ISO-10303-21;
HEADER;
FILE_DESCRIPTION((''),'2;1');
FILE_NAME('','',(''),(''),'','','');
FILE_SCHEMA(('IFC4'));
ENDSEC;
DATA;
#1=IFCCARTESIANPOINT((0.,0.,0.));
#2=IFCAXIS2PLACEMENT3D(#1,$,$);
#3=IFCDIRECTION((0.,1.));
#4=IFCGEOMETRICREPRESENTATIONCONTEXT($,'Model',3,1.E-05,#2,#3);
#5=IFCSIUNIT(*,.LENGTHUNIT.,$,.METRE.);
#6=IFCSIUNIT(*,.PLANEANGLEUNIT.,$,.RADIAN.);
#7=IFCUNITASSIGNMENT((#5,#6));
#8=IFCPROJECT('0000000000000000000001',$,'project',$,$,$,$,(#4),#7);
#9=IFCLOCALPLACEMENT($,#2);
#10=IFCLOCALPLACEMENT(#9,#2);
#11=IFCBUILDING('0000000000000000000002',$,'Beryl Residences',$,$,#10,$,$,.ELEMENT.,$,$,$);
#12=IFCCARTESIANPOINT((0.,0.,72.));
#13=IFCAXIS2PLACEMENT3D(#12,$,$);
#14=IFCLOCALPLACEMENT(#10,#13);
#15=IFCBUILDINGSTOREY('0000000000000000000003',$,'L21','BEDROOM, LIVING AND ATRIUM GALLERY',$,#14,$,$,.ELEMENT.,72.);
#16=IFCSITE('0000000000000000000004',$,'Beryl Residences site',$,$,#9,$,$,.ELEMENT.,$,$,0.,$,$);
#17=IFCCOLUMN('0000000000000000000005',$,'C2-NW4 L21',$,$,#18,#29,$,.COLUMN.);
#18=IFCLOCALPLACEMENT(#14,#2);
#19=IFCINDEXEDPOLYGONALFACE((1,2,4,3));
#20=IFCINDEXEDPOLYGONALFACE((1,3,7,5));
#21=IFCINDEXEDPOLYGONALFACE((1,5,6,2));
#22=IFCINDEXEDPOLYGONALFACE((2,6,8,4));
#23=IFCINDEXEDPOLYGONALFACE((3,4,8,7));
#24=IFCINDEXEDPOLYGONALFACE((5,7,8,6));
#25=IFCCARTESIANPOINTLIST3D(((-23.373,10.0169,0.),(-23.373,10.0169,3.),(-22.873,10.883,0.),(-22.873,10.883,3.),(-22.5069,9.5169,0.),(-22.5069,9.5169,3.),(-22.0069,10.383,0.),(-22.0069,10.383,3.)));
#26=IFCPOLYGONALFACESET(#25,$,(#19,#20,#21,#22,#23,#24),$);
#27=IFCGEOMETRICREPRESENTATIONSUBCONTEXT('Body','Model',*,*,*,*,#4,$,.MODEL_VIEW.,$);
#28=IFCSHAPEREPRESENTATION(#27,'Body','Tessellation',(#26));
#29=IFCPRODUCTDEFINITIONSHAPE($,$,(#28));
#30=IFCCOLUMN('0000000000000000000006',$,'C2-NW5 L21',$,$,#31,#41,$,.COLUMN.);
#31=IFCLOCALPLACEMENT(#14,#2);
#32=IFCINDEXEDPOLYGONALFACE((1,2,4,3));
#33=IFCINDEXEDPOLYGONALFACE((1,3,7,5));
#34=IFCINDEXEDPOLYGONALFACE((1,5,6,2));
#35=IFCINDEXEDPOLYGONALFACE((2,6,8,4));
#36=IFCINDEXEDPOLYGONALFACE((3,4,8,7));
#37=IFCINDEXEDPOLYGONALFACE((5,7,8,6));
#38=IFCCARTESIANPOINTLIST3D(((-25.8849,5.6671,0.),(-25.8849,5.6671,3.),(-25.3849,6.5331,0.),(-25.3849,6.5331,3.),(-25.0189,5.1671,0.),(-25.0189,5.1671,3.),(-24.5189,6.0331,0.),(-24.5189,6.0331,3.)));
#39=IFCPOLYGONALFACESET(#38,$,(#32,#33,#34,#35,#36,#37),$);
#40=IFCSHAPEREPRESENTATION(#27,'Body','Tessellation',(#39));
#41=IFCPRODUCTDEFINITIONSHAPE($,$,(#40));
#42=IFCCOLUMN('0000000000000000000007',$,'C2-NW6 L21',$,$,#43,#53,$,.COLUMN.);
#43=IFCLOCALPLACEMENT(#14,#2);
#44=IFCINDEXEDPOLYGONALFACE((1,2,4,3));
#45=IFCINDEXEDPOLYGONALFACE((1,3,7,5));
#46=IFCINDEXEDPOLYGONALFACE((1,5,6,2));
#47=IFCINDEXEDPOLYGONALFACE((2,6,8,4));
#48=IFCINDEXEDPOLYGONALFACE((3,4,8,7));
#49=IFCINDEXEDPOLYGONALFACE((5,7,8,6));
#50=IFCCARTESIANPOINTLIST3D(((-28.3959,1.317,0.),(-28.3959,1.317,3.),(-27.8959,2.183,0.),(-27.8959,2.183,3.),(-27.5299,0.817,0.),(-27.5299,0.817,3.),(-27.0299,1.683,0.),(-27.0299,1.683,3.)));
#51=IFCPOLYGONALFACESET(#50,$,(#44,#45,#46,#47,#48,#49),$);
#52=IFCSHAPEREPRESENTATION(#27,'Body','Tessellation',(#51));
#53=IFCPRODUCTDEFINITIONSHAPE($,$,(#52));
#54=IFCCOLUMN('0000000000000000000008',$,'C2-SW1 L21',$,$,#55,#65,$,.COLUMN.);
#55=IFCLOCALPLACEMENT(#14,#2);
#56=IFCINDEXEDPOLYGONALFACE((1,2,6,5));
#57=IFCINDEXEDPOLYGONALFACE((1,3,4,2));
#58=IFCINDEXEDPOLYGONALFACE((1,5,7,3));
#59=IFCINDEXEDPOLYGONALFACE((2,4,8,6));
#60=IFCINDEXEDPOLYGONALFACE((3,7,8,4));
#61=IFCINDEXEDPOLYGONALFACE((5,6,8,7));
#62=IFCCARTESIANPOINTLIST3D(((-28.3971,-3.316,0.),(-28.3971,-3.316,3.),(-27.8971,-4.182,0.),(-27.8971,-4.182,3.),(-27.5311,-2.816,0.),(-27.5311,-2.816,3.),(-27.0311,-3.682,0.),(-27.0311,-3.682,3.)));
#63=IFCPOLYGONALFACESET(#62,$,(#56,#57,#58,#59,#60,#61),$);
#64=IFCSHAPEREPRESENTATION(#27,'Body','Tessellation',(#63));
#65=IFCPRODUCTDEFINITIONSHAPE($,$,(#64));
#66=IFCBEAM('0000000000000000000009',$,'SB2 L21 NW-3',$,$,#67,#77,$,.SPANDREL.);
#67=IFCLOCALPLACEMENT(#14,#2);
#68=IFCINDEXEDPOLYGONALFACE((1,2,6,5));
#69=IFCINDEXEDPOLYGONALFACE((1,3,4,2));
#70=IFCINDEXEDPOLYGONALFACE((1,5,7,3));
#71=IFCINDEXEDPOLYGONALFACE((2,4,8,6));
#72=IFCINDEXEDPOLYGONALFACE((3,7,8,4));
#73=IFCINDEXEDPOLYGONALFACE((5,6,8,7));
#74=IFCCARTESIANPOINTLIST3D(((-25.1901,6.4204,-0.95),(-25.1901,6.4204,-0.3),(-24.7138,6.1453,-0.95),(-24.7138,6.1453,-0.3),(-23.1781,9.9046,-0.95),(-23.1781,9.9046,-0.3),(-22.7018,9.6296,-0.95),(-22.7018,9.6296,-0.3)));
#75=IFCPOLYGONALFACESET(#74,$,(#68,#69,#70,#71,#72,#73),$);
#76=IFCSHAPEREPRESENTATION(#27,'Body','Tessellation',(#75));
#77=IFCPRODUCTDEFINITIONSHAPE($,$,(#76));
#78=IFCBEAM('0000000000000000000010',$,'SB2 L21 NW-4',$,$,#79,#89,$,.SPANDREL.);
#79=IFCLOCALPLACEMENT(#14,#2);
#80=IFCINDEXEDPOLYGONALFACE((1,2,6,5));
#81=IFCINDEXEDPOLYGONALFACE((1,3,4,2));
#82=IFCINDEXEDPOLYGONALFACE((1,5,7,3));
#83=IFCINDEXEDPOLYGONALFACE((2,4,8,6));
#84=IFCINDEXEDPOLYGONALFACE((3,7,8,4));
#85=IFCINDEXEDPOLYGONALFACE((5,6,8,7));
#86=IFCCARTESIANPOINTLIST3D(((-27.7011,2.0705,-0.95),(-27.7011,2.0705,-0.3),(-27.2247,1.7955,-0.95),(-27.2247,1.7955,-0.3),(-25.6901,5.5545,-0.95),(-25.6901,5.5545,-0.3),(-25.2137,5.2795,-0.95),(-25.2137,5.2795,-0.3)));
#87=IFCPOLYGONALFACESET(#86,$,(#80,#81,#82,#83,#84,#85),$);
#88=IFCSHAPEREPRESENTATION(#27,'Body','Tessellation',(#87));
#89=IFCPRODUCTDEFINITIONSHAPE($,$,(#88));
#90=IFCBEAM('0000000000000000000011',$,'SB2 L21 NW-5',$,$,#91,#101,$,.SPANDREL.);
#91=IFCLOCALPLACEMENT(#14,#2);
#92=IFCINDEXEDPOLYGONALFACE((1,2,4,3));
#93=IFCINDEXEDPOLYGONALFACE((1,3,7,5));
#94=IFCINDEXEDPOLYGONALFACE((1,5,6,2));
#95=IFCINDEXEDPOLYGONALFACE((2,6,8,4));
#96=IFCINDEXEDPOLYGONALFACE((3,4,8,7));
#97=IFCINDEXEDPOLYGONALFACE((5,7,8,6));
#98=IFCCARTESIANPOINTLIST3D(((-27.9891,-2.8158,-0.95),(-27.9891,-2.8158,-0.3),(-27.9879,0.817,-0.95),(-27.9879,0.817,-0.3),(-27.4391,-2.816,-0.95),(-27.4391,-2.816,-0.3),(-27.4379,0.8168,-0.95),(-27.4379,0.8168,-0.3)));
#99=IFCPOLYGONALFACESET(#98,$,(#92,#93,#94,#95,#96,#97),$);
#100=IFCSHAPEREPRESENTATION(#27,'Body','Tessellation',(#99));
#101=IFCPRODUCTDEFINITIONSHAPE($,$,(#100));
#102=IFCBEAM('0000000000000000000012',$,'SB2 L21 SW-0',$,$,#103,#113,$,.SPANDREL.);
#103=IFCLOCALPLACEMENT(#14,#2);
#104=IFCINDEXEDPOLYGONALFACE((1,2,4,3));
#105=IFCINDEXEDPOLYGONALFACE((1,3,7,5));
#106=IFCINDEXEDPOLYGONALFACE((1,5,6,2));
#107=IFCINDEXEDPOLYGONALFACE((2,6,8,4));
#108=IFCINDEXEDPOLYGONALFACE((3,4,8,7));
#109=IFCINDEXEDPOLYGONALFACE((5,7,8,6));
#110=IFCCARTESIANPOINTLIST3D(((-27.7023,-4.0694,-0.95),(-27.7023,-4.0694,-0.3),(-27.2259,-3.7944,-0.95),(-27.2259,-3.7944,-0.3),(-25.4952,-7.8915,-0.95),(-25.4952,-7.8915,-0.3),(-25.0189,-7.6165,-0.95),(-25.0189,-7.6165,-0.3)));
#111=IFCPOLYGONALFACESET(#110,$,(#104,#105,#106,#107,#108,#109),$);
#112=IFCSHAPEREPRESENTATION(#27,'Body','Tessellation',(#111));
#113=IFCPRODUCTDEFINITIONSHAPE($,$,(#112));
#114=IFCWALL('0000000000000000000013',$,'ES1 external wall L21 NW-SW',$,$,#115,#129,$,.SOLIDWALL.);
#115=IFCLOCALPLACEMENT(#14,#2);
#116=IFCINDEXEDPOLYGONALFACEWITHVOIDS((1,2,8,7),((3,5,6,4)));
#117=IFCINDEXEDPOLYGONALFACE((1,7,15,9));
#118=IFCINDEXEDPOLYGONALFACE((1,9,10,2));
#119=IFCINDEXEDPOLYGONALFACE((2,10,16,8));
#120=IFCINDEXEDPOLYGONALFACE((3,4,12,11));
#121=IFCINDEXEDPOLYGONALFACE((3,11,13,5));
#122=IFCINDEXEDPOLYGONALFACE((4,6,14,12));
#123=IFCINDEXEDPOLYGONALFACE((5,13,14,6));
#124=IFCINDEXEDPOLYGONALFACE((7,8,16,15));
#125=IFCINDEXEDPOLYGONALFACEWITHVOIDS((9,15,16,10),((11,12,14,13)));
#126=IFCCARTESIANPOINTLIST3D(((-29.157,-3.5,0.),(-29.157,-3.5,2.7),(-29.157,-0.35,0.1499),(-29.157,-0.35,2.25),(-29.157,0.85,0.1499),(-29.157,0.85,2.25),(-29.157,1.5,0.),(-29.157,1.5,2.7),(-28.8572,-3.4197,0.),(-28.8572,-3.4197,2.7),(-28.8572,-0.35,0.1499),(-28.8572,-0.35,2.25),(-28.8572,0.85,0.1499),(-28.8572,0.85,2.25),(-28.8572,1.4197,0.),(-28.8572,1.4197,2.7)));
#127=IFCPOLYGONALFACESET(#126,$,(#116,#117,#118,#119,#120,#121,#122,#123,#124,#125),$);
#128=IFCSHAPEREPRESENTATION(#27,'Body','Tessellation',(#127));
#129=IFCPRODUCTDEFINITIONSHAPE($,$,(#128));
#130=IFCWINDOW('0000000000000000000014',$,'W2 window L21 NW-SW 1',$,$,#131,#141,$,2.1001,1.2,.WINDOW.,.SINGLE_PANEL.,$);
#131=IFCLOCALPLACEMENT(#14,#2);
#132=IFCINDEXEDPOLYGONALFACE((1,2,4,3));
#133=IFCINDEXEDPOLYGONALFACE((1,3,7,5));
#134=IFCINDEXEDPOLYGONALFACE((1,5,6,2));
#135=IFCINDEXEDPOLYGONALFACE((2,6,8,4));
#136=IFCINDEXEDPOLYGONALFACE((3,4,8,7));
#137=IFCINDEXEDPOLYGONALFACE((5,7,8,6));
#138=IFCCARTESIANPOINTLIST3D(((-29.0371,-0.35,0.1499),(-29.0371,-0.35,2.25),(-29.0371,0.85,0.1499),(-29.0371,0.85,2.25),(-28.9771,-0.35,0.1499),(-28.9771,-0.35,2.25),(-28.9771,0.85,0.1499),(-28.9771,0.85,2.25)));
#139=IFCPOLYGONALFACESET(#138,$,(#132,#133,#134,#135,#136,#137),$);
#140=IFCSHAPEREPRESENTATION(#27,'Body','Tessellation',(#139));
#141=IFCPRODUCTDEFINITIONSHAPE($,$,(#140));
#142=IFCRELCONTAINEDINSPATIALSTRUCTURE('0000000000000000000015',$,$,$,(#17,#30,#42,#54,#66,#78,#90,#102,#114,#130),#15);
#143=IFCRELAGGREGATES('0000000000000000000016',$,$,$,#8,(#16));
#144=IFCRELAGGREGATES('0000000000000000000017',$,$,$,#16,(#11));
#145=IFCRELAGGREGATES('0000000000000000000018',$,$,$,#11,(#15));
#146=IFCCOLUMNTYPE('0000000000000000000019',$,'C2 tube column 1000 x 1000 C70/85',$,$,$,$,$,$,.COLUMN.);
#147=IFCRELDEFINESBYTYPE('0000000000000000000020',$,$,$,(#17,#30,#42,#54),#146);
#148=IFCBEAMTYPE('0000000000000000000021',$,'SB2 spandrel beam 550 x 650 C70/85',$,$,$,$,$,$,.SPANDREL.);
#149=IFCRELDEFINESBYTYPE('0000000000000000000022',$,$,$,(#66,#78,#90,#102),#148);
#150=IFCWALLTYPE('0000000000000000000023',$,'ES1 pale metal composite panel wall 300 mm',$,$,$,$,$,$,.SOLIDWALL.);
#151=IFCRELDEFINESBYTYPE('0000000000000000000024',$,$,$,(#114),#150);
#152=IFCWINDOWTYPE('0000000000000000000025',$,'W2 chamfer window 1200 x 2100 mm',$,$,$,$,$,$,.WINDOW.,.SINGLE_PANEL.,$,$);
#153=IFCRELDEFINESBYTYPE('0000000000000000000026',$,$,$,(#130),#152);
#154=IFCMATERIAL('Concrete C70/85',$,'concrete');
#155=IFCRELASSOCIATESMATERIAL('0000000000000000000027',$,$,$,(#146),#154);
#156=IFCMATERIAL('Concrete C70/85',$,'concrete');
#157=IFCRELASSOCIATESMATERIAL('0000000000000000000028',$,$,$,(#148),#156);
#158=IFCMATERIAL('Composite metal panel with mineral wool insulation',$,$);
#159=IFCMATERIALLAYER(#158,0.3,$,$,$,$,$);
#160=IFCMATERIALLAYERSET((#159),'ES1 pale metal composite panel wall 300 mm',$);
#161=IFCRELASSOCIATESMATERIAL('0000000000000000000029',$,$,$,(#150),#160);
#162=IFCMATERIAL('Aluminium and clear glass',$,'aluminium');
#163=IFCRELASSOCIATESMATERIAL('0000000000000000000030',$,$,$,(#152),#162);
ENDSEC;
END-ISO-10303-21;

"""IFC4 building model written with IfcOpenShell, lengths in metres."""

from ifc_helpers import new_model, si_unit, direction, frame, frame_2d, origin, origin_2d, place, context, subcontext, project, spatial, polyline, rectangle, outline, extrude, material, layer, layer_set, material_profile, profile_set, type_object, element, fill, save


model = new_model("IFC4")

# Units and contexts
model_context = context("Model", 3, precision=1e-05, world=origin(), true_north=direction((0.0, 1.0)))
body_context = subcontext(model_context, "Body", "Model", "MODEL_VIEW")
ifc_project = project(units=[si_unit("LENGTHUNIT", "METRE"), si_unit("PLANEANGLEUNIT", "RADIAN")], contexts=[model_context])

# Site, building, storey
site_placement = place(None, origin())
site = spatial("IfcSite", under=ifc_project, at=site_placement, Name="Beryl Residences site", CompositionType="ELEMENT", RefElevation=0.0)
building_placement = place(site_placement, origin())
building = spatial("IfcBuilding", under=site, at=building_placement, Name="Beryl Residences", CompositionType="ELEMENT")
storey_placement = place(building_placement, frame((0.0, 0.0, 72.0)))
storey = spatial("IfcBuildingStorey", under=building, at=storey_placement, Name="L21", Description="BEDROOM, LIVING AND ATRIUM GALLERY", CompositionType="ELEMENT", Elevation=72.0)

# Columns
ifc_material_1 = material(Name="Concrete C70/85", Category="concrete")
ifc_material_profile_1 = material_profile(ifc_material_1, rectangle(XDim=1.0, YDim=1.0, at=origin_2d()))
ifc_profile_set_1 = profile_set([ifc_material_profile_1], Name="Concrete C70/85")
column_type = type_object("IfcColumnType", Name="C2 tube column 1000 x 1000 C70/85", PredefinedType="COLUMN", material=ifc_profile_set_1)
for number, where, z_axis, x_axis, name in (
    (1, (-22.6899, 10.2, 0.0), (0.0, 0.0, 1.0), (-0.5, -0.866025, 0.0), "C2-NW4 L21"),
    (2, (-25.2019, 5.8501, 0.0), (0.0, 0.0, 1.0), (-0.5, -0.866025, 0.0), "C2-NW5 L21"),
    (3, (-27.7129, 1.5, 0.0), (0.0, 0.0, 1.0), (-0.5, -0.866025, 0.0), "C2-NW6 L21"),
    (4, (-27.7141, -3.499, 0.0), (0.0, 0.0, 1.0), (0.5, -0.866025, 0.0), "C2-SW1 L21"),
):
    element("IfcColumn", number, at=place(storey_placement, frame(where, z_axis=z_axis, x_axis=x_axis)), inside=storey, type_object=column_type, Name=name, PredefinedType="COLUMN", context=body_context, shape_type="SweptSolid", body=[
        extrude(rectangle(XDim=1.0, YDim=1.0, at=origin_2d()), origin(), (0.0, 0.0, 1.0), 3.0),
    ])

# Beams
ifc_material_2 = material(Name="Concrete C70/85", Category="concrete")
ifc_material_profile_2 = material_profile(ifc_material_2, rectangle(XDim=0.55, YDim=0.6499, at=origin_2d()))
ifc_profile_set_2 = profile_set([ifc_material_profile_2], Name="Concrete C70/85")
beam_type = type_object("IfcBeamType", Name="SB2 spandrel beam 550 x 650 C70/85", PredefinedType="SPANDREL", material=ifc_profile_set_2)
beam_1_placement = place(storey_placement, frame((-22.9399, 9.7671, -0.625), z_axis=(-0.500074, -0.865982, 0.0), x_axis=(0.865982, -0.500074, 0.0)))
element("IfcBeam", 5, at=beam_1_placement, inside=storey, type_object=beam_type, Name="SB2 L21 NW-3", PredefinedType="SPANDREL", context=body_context, shape_type="SweptSolid", body=[
    extrude(rectangle(XDim=0.55, YDim=0.6499, at=origin_2d()), origin(), (0.0, 0.0, 1.0), 4.0234),
])
beam_2_placement = place(storey_placement, frame((-25.4519, 5.417, -0.625), z_axis=(-0.499919, -0.866072, 0.0), x_axis=(0.866072, -0.499919, 0.0)))
element("IfcBeam", 6, at=beam_2_placement, inside=storey, type_object=beam_type, Name="SB2 L21 NW-4", PredefinedType="SPANDREL", context=body_context, shape_type="SweptSolid", body=[
    extrude(rectangle(XDim=0.55, YDim=0.6499, at=origin_2d()), origin(), (0.0, 0.0, 1.0), 4.0227),
])
beam_3_placement = place(storey_placement, frame((-27.7129, 0.8169, -0.625), z_axis=(-0.000336, -1.0, 0.0), x_axis=(1.0, -0.000336, 0.0)))
element("IfcBeam", 7, at=beam_3_placement, inside=storey, type_object=beam_type, Name="SB2 L21 NW-5", PredefinedType="SPANDREL", context=body_context, shape_type="SweptSolid", body=[
    extrude(rectangle(XDim=0.55, YDim=0.6499, at=origin_2d()), origin(), (0.0, 0.0, 1.0), 3.6328),
])
beam_4_placement = place(storey_placement, frame((-27.4641, -3.9319, -0.625), z_axis=(0.500066, -0.865988, 0.0), x_axis=(0.865988, 0.500066, 0.0)))
element("IfcBeam", 8, at=beam_4_placement, inside=storey, type_object=beam_type, Name="SB2 L21 SW-0", PredefinedType="SPANDREL", context=body_context, shape_type="SweptSolid", body=[
    extrude(rectangle(XDim=0.55, YDim=0.6499, at=origin_2d()), origin(), (0.0, 0.0, 1.0), 4.4136),
])

# Wall, opening, window
ifc_material_3 = material(Name="Composite metal panel with mineral wool insulation")
ifc_layer_1 = layer(ifc_material_3, 0.3)
ifc_layer_set_1 = layer_set([ifc_layer_1], Name="ES1 pale metal composite panel wall 300 mm")
wall_type_1 = type_object("IfcWallType", Name="ES1 pale metal composite panel wall 300 mm", PredefinedType="SOLIDWALL", material=ifc_layer_set_1)
wall_1_placement = place(storey_placement, frame((-29.0071, 1.5, 0.0), z_axis=(0.0, 0.0, 1.0), x_axis=(0.0, -1.0, 0.0)))
wall_1 = element("IfcWall", 9, at=wall_1_placement, inside=storey, type_object=wall_type_1, Name="ES1 external wall L21 NW-SW", PredefinedType="SOLIDWALL", context=body_context, shape_type="SweptSolid", body=[
    extrude(outline(polyline([(0.0, -0.1499), (5.0, -0.1499), (4.9197, 0.1499), (0.0803, 0.1499), (0.0, -0.1499)])), origin(), (0.0, 0.0, 1.0), 2.7),
])
opening_1_placement = place(wall_1_placement, frame((0.6499, 0.0, 0.1499)))
opening_1 = element("IfcOpeningElement", 10, at=opening_1_placement, cuts=wall_1, PredefinedType="OPENING", context=body_context, shape_type="SweptSolid", body=[
    extrude(rectangle(XDim=1.2, YDim=2.1001, at=frame_2d((0.6001, 1.05))), frame((0.0, 0.1599, 0.0), z_axis=(0.0, -1.0, 0.0), x_axis=(1.0, 0.0, 0.0)), (0.0, 0.0, 1.0), 0.3201),
])
ifc_material_4 = material(Name="Aluminium and clear glass", Category="aluminium")
window_type_1 = type_object("IfcWindowType", Name="W2 chamfer window 1200 x 2100 mm", PartitioningType="SINGLE_PANEL", PredefinedType="WINDOW", material=ifc_material_4)
window_1_placement = place(opening_1_placement, origin())
window_1 = element("IfcWindow", 11, at=window_1_placement, inside=storey, type_object=window_type_1, Name="W2 window L21 NW-SW 1", OverallHeight=2.1001, OverallWidth=1.2, PartitioningType="SINGLE_PANEL", PredefinedType="WINDOW", context=body_context, shape_type="SweptSolid", body=[
    extrude(rectangle(XDim=1.2, YDim=2.1001, at=frame_2d((0.6001, 1.05))), frame((0.0, 0.03, 0.0), z_axis=(0.0, -1.0, 0.0), x_axis=(1.0, 0.0, 0.0)), (0.0, 0.0, 1.0), 0.0601),
])
fill(opening_1, window_1)

save(model, "model.ifc")
